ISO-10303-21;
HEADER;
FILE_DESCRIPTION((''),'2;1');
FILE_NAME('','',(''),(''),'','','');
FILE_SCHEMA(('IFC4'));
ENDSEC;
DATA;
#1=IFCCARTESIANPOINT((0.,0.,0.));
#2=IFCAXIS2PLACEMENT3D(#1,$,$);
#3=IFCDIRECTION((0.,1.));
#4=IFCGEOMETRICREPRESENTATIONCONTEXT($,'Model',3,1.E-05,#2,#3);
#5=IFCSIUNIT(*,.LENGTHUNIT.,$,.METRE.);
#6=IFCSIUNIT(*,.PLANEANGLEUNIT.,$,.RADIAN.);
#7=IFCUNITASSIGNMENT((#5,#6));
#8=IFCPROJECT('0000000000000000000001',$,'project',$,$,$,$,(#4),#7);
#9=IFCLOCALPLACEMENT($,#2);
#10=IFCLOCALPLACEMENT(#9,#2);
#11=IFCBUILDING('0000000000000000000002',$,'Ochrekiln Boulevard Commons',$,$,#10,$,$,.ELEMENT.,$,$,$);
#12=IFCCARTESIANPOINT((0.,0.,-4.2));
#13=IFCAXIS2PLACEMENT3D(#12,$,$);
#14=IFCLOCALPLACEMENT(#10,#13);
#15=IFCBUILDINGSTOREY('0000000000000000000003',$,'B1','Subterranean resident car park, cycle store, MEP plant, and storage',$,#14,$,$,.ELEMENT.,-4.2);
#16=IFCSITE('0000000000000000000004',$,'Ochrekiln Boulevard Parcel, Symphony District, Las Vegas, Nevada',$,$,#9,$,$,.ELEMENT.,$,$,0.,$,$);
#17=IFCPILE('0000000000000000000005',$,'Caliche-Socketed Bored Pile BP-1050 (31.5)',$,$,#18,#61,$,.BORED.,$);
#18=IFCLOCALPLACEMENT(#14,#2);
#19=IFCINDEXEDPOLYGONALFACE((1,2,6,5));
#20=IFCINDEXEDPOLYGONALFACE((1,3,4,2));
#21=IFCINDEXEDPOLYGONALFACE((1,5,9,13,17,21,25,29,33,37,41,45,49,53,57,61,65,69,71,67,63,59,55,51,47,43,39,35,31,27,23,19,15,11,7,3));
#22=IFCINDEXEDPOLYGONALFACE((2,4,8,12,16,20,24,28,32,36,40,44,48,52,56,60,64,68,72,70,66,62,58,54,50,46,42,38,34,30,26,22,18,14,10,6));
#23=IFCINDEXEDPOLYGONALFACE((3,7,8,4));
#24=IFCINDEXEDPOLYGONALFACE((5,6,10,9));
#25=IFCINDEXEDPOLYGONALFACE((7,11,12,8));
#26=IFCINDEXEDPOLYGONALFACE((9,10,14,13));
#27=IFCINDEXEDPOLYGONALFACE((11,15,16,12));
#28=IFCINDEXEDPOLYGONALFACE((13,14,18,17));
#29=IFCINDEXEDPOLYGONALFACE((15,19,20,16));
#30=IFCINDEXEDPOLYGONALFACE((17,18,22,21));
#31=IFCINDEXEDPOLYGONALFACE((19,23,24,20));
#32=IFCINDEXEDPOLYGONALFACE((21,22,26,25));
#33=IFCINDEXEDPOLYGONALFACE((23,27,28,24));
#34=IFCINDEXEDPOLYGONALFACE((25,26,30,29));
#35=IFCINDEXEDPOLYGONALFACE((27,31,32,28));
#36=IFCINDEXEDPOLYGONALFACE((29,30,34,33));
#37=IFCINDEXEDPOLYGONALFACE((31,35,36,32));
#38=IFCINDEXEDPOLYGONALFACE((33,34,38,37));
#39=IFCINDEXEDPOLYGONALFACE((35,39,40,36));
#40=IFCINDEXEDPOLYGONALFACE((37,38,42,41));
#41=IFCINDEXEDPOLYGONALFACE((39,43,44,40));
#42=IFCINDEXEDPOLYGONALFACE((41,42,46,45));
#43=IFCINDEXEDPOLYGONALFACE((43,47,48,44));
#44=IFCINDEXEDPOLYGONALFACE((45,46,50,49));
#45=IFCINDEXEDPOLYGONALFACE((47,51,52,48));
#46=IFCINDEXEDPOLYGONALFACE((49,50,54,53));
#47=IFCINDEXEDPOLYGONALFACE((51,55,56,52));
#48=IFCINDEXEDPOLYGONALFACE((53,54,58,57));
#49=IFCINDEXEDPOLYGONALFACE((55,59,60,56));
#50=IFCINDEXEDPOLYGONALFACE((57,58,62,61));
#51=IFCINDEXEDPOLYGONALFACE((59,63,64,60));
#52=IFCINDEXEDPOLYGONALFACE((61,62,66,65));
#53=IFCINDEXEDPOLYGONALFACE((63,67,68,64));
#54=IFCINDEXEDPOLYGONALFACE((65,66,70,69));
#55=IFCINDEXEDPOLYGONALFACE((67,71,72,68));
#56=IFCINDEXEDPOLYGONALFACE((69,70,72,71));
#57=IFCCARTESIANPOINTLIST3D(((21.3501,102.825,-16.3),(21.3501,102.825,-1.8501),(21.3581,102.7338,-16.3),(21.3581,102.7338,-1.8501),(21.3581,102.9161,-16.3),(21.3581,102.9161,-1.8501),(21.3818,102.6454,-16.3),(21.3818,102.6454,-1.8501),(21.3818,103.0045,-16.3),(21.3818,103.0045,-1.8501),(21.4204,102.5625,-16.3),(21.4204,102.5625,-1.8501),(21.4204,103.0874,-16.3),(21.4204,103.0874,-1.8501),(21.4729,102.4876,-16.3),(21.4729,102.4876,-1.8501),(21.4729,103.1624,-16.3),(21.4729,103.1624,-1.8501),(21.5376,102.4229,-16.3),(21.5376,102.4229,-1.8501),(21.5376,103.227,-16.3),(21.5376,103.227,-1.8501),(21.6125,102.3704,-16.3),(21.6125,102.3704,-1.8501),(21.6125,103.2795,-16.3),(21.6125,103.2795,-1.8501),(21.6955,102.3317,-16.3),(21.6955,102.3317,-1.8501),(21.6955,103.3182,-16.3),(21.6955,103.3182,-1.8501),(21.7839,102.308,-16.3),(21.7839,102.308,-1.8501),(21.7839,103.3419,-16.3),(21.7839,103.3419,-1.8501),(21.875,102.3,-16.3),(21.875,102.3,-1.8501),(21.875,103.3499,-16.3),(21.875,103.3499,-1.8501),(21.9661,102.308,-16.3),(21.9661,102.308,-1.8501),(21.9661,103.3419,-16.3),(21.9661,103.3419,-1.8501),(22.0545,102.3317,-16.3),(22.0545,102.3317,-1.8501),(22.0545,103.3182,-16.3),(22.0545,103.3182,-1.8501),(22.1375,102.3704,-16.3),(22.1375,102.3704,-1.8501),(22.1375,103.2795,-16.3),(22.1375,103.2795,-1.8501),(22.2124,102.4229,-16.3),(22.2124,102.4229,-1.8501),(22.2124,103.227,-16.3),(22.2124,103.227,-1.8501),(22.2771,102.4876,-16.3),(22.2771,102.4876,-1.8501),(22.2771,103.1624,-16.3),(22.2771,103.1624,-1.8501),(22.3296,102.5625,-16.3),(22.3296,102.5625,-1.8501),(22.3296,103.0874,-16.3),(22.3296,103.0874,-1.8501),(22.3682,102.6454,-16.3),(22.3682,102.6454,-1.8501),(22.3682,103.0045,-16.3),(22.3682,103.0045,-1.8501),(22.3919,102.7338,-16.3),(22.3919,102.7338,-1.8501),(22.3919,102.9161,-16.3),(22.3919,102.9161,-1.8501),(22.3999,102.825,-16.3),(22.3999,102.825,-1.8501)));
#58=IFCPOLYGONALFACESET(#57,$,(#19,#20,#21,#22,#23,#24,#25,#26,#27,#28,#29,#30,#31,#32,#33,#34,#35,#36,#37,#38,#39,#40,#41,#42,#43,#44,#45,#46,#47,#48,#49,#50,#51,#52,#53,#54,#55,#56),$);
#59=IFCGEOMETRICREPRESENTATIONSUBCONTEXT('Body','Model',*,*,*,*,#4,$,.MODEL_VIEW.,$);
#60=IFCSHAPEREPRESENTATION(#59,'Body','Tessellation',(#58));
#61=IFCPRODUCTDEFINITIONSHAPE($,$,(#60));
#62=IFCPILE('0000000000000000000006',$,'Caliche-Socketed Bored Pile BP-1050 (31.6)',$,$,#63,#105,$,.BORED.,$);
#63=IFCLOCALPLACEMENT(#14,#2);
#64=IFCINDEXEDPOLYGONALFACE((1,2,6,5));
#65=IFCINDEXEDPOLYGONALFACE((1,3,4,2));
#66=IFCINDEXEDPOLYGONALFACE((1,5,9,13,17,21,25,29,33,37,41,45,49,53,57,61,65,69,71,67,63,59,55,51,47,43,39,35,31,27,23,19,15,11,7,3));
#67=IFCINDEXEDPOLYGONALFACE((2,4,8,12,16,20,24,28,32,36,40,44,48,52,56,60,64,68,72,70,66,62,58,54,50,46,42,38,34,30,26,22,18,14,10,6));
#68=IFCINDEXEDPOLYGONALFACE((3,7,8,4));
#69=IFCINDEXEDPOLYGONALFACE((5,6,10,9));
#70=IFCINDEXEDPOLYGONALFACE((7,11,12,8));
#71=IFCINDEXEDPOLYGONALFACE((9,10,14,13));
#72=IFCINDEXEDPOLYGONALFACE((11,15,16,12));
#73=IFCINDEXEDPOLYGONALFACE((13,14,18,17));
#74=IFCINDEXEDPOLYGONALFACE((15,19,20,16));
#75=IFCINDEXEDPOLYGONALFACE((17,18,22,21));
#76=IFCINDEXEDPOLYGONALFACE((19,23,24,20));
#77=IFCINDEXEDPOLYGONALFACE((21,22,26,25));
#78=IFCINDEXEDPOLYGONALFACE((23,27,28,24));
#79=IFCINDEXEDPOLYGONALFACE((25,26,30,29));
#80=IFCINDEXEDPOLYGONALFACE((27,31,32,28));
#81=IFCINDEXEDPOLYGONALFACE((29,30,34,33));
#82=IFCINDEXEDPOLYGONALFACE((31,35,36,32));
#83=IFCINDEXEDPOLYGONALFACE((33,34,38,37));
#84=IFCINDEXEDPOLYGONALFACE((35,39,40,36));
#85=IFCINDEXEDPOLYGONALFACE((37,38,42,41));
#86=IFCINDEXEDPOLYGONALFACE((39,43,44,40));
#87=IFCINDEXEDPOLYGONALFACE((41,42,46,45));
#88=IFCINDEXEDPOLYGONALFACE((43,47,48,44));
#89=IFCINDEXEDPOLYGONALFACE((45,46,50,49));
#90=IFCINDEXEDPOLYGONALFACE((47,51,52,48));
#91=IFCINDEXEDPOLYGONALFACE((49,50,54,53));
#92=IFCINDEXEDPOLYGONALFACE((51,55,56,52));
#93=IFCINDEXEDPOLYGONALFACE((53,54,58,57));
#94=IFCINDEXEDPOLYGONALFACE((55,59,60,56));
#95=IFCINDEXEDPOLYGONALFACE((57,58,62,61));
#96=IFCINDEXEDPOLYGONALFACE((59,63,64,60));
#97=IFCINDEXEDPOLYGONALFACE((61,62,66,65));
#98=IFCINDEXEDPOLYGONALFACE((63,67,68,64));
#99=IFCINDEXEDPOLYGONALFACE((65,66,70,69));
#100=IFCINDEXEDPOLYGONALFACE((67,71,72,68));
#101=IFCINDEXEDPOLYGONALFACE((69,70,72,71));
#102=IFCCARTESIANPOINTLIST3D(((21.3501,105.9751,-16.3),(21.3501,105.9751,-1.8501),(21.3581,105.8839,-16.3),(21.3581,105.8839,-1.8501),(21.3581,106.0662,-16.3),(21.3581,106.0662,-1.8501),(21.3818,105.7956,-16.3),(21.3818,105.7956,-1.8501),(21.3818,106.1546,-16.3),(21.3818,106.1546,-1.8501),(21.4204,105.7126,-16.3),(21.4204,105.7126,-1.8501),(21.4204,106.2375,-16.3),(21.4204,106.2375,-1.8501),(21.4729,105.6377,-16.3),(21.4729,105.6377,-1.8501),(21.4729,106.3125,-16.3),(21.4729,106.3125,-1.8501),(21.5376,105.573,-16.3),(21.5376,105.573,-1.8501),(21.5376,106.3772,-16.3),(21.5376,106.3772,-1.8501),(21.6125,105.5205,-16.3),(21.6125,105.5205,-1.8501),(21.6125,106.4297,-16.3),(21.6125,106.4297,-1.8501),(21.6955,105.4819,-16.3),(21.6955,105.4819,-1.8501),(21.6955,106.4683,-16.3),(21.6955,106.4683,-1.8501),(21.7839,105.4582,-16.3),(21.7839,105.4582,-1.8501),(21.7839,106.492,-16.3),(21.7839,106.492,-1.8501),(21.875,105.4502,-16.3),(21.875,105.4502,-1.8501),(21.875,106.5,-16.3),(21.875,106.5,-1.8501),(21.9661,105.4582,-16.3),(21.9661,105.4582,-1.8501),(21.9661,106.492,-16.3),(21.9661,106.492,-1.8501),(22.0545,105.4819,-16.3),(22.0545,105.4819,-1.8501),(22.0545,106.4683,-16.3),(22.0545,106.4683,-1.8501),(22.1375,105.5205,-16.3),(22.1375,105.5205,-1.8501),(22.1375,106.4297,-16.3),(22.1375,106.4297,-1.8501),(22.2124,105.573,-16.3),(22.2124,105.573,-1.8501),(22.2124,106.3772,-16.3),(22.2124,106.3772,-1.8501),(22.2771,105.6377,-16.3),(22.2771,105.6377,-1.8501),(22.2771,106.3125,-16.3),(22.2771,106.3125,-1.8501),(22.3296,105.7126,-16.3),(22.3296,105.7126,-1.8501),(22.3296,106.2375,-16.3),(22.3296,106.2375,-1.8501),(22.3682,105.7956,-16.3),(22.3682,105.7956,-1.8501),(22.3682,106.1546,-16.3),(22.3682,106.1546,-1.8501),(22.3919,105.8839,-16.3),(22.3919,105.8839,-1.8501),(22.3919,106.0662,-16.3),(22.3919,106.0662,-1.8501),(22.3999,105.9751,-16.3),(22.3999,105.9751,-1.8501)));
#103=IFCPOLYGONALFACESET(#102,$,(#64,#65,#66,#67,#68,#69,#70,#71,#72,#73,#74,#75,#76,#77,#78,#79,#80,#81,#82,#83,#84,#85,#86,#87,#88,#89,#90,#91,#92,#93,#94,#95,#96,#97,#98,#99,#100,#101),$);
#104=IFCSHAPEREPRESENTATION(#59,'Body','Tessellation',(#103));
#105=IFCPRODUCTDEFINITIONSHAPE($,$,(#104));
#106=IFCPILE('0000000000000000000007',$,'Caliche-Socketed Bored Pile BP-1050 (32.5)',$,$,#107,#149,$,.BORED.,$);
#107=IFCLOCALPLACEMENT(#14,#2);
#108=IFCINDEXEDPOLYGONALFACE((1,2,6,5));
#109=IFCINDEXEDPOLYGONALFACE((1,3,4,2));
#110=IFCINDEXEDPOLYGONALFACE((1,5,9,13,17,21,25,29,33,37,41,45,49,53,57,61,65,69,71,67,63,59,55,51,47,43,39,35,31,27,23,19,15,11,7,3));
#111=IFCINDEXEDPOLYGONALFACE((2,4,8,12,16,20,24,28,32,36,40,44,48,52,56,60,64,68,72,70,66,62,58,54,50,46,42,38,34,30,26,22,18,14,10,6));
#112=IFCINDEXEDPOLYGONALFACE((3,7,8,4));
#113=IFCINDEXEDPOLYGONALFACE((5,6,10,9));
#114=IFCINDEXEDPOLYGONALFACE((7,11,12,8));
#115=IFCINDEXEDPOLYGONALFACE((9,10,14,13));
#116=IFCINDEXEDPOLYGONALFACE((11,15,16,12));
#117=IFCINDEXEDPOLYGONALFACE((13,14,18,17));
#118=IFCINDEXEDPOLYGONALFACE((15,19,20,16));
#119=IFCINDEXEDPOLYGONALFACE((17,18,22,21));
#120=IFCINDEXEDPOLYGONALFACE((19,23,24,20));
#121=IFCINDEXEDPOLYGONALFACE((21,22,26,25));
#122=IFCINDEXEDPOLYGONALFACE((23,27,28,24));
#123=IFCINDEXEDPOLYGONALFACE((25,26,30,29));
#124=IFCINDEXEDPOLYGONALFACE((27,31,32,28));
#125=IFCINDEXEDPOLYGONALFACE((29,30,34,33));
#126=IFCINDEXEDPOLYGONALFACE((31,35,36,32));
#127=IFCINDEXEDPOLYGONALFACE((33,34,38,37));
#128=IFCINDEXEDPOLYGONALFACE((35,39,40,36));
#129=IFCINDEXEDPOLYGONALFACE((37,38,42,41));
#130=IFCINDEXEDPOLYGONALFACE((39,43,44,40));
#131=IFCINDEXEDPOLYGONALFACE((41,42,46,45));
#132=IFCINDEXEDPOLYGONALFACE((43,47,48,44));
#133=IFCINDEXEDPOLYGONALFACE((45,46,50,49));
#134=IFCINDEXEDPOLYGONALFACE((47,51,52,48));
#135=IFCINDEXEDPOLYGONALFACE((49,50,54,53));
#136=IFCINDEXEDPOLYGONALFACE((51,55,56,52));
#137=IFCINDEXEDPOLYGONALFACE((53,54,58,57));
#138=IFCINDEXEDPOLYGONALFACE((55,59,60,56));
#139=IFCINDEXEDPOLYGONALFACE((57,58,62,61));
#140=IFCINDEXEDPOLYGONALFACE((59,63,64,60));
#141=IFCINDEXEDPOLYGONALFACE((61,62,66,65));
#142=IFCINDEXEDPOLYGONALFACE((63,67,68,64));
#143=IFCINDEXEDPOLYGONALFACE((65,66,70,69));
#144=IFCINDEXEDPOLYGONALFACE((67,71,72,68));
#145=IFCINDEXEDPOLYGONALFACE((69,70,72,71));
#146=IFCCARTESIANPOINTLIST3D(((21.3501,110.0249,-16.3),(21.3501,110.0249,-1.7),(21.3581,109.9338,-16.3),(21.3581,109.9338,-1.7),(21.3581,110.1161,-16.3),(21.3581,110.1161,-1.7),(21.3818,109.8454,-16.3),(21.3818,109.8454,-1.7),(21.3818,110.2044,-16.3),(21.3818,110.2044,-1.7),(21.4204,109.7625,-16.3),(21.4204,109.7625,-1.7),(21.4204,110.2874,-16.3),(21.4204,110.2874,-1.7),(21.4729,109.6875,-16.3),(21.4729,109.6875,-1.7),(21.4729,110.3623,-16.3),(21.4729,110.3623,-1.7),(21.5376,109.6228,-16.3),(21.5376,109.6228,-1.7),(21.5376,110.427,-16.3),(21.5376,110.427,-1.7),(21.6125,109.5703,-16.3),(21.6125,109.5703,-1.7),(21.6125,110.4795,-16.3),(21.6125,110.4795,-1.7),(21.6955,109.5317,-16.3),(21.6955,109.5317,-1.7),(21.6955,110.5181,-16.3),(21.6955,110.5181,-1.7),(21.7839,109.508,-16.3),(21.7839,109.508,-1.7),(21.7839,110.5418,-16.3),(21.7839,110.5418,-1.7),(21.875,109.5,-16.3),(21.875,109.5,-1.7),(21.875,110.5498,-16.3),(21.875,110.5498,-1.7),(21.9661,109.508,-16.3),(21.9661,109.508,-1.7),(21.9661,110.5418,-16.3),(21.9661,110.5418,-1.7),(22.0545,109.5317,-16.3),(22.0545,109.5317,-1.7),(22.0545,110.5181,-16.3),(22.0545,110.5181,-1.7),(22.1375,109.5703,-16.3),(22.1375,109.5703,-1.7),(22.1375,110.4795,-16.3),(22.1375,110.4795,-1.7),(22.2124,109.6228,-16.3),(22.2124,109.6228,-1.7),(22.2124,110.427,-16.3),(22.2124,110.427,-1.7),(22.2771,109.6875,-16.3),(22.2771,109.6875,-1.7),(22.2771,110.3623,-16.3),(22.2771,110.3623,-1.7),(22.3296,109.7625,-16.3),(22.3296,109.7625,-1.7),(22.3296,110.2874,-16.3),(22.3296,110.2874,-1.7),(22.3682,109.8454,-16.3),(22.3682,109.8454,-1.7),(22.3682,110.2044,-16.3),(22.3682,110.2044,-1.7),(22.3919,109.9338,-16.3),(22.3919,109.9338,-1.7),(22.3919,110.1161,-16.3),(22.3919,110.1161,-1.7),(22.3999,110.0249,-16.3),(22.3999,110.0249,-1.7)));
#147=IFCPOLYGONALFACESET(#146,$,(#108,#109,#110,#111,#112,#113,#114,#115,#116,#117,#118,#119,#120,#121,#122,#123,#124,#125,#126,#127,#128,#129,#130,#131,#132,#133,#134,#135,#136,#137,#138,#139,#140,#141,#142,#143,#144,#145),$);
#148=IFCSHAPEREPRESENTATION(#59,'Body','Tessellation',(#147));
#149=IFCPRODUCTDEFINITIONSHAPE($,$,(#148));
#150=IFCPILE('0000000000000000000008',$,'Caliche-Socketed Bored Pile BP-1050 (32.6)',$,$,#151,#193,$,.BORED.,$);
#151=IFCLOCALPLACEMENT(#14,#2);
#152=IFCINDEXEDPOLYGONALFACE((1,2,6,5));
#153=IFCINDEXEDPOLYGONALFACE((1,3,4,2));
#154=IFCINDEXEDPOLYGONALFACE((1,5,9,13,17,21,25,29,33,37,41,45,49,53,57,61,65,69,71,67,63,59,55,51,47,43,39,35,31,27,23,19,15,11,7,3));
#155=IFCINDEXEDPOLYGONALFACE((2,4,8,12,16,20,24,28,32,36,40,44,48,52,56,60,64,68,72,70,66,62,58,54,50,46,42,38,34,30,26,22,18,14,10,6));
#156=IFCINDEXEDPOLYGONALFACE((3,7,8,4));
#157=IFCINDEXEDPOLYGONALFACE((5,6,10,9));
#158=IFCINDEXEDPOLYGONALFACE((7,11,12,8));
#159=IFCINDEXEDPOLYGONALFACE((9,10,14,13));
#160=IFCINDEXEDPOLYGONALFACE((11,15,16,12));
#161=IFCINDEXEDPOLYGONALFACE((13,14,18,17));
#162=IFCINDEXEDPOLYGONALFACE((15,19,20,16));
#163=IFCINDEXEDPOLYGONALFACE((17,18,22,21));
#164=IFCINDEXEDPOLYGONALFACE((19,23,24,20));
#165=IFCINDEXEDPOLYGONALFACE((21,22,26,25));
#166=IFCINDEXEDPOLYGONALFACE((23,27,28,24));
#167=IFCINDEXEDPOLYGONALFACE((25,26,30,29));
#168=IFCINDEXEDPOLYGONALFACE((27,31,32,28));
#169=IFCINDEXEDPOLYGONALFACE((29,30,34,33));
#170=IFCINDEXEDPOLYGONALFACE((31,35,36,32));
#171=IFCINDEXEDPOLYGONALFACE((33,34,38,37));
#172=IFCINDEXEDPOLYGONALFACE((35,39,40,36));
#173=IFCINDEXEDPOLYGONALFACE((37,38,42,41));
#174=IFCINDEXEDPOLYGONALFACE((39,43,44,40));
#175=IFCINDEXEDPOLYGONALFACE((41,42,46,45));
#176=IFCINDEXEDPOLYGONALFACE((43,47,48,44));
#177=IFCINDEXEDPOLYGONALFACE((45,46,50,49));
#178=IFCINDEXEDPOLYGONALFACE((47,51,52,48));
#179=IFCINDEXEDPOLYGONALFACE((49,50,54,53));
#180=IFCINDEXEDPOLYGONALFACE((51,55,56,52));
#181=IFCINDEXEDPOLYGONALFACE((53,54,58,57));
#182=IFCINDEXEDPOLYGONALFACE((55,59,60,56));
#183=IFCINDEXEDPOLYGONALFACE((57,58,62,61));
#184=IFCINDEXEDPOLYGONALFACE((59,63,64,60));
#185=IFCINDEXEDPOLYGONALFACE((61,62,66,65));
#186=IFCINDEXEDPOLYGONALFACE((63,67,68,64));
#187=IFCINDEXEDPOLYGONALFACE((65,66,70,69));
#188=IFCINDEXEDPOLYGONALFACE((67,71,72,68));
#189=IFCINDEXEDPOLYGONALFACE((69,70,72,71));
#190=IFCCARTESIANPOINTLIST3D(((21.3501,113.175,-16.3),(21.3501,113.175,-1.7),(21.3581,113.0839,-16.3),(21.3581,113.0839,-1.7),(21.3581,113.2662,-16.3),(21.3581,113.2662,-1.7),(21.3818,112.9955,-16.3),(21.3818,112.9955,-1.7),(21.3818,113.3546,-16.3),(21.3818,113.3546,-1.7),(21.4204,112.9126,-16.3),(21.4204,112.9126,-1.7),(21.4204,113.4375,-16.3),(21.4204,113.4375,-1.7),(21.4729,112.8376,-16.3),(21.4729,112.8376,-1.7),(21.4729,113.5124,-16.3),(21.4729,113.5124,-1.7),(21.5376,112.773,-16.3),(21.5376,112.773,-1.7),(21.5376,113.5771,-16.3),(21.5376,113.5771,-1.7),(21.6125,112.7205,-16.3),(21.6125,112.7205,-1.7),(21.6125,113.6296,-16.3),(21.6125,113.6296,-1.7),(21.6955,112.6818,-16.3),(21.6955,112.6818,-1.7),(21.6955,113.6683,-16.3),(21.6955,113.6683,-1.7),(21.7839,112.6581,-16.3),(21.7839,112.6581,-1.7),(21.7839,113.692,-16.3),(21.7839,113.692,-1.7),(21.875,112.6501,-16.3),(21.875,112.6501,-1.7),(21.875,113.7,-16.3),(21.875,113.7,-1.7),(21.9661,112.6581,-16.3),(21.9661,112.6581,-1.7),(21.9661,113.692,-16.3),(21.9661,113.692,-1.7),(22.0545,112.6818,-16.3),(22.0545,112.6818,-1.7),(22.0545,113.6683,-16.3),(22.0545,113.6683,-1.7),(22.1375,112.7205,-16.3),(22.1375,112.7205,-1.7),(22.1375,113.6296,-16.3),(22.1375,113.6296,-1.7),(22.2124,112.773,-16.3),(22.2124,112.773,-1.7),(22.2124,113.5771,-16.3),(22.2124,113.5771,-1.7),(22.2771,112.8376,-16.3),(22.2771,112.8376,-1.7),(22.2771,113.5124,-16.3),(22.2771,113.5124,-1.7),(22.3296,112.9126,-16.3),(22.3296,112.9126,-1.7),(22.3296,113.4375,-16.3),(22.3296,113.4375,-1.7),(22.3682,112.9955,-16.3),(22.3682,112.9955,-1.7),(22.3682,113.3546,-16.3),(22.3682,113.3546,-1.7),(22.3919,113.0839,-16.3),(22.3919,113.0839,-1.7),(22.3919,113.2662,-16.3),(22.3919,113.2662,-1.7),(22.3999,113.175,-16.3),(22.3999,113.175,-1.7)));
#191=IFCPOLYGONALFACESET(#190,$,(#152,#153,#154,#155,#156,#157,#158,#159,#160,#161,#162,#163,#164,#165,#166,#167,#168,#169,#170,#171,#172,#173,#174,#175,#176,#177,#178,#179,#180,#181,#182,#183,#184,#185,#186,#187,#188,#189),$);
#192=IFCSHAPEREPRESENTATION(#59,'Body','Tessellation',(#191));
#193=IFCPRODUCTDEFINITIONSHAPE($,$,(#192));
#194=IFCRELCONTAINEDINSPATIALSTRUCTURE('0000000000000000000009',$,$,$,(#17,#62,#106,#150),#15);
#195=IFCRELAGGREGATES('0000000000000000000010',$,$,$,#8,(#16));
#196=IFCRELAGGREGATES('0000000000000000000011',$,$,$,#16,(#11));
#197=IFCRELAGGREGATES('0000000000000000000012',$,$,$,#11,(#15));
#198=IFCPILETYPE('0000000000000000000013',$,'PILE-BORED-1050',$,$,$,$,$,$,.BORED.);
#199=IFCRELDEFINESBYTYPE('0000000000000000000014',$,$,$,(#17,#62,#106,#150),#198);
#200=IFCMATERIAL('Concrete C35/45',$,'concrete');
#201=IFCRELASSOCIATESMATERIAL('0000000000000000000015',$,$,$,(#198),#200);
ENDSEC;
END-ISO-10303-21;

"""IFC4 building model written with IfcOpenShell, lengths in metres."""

from ifc_helpers import new_model, si_unit, direction, frame, origin, origin_2d, place, context, subcontext, project, spatial, circle, extrude, material, material_profile, profile_set, type_object, element, save


model = new_model("IFC4")

# Units and contexts
model_context = context("Model", 3, precision=1e-05, world=origin(), true_north=direction((0.0, 1.0)))
body_context = subcontext(model_context, "Body", "Model", "MODEL_VIEW")
ifc_project = project(units=[si_unit("LENGTHUNIT", "METRE"), si_unit("PLANEANGLEUNIT", "RADIAN")], contexts=[model_context])

# Site, building, storey
site_placement = place(None, origin())
site = spatial("IfcSite", under=ifc_project, at=site_placement, Name="Ochrekiln Boulevard Parcel, Symphony District, Las Vegas, Nevada", CompositionType="ELEMENT", RefElevation=0.0)
building_placement = place(site_placement, origin())
building = spatial("IfcBuilding", under=site, at=building_placement, Name="Ochrekiln Boulevard Commons", CompositionType="ELEMENT")
storey_placement = place(building_placement, frame((0.0, 0.0, -4.2)))
storey = spatial("IfcBuildingStorey", under=building, at=storey_placement, Name="B1", Description="Subterranean resident car park, cycle store, MEP plant, and storage", CompositionType="ELEMENT", Elevation=-4.2)

# Shared definitions
ifc_material_1 = material(Name="Concrete C35/45", Category="concrete")

# Piles
ifc_material_profile_1 = material_profile(ifc_material_1, circle(Radius=0.5249, at=origin_2d()), Name="PILE-D1050")
ifc_profile_set_1 = profile_set([ifc_material_profile_1], Name="Concrete C35/45")
pile_type_1 = type_object("IfcPileType", Name="PILE-BORED-1050", PredefinedType="BORED", material=ifc_profile_set_1)
for number, where, z_axis, x_axis, name in (
    (1, (21.875, 102.825, -1.8501), (0.0, 0.0, -1.0), (1.0, 0.0, 0.0), "Caliche-Socketed Bored Pile BP-1050 (31.5)"),
    (2, (21.875, 105.9751, -1.8501), (0.0, 0.0, -1.0), (1.0, 0.0, 0.0), "Caliche-Socketed Bored Pile BP-1050 (31.6)"),
):
    element("IfcPile", number, at=place(storey_placement, frame(where, z_axis=z_axis, x_axis=x_axis)), inside=storey, type_object=pile_type_1, Name=name, PredefinedType="BORED", context=body_context, shape_type="SweptSolid", body=[
        extrude(circle(Radius=0.5249, at=origin_2d()), origin(), (0.0, 0.0, 1.0), 14.45),
    ])
for number, where, z_axis, x_axis, name in (
    (3, (21.875, 110.0249, -1.7), (0.0, 0.0, -1.0), (1.0, 0.0, 0.0), "Caliche-Socketed Bored Pile BP-1050 (32.5)"),
    (4, (21.875, 113.175, -1.7), (0.0, 0.0, -1.0), (1.0, 0.0, 0.0), "Caliche-Socketed Bored Pile BP-1050 (32.6)"),
):
    element("IfcPile", number, at=place(storey_placement, frame(where, z_axis=z_axis, x_axis=x_axis)), inside=storey, type_object=pile_type_1, Name=name, PredefinedType="BORED", context=body_context, shape_type="SweptSolid", body=[
        extrude(circle(Radius=0.5249, at=origin_2d()), origin(), (0.0, 0.0, 1.0), 14.6001),
    ])

save(model, "model.ifc")
